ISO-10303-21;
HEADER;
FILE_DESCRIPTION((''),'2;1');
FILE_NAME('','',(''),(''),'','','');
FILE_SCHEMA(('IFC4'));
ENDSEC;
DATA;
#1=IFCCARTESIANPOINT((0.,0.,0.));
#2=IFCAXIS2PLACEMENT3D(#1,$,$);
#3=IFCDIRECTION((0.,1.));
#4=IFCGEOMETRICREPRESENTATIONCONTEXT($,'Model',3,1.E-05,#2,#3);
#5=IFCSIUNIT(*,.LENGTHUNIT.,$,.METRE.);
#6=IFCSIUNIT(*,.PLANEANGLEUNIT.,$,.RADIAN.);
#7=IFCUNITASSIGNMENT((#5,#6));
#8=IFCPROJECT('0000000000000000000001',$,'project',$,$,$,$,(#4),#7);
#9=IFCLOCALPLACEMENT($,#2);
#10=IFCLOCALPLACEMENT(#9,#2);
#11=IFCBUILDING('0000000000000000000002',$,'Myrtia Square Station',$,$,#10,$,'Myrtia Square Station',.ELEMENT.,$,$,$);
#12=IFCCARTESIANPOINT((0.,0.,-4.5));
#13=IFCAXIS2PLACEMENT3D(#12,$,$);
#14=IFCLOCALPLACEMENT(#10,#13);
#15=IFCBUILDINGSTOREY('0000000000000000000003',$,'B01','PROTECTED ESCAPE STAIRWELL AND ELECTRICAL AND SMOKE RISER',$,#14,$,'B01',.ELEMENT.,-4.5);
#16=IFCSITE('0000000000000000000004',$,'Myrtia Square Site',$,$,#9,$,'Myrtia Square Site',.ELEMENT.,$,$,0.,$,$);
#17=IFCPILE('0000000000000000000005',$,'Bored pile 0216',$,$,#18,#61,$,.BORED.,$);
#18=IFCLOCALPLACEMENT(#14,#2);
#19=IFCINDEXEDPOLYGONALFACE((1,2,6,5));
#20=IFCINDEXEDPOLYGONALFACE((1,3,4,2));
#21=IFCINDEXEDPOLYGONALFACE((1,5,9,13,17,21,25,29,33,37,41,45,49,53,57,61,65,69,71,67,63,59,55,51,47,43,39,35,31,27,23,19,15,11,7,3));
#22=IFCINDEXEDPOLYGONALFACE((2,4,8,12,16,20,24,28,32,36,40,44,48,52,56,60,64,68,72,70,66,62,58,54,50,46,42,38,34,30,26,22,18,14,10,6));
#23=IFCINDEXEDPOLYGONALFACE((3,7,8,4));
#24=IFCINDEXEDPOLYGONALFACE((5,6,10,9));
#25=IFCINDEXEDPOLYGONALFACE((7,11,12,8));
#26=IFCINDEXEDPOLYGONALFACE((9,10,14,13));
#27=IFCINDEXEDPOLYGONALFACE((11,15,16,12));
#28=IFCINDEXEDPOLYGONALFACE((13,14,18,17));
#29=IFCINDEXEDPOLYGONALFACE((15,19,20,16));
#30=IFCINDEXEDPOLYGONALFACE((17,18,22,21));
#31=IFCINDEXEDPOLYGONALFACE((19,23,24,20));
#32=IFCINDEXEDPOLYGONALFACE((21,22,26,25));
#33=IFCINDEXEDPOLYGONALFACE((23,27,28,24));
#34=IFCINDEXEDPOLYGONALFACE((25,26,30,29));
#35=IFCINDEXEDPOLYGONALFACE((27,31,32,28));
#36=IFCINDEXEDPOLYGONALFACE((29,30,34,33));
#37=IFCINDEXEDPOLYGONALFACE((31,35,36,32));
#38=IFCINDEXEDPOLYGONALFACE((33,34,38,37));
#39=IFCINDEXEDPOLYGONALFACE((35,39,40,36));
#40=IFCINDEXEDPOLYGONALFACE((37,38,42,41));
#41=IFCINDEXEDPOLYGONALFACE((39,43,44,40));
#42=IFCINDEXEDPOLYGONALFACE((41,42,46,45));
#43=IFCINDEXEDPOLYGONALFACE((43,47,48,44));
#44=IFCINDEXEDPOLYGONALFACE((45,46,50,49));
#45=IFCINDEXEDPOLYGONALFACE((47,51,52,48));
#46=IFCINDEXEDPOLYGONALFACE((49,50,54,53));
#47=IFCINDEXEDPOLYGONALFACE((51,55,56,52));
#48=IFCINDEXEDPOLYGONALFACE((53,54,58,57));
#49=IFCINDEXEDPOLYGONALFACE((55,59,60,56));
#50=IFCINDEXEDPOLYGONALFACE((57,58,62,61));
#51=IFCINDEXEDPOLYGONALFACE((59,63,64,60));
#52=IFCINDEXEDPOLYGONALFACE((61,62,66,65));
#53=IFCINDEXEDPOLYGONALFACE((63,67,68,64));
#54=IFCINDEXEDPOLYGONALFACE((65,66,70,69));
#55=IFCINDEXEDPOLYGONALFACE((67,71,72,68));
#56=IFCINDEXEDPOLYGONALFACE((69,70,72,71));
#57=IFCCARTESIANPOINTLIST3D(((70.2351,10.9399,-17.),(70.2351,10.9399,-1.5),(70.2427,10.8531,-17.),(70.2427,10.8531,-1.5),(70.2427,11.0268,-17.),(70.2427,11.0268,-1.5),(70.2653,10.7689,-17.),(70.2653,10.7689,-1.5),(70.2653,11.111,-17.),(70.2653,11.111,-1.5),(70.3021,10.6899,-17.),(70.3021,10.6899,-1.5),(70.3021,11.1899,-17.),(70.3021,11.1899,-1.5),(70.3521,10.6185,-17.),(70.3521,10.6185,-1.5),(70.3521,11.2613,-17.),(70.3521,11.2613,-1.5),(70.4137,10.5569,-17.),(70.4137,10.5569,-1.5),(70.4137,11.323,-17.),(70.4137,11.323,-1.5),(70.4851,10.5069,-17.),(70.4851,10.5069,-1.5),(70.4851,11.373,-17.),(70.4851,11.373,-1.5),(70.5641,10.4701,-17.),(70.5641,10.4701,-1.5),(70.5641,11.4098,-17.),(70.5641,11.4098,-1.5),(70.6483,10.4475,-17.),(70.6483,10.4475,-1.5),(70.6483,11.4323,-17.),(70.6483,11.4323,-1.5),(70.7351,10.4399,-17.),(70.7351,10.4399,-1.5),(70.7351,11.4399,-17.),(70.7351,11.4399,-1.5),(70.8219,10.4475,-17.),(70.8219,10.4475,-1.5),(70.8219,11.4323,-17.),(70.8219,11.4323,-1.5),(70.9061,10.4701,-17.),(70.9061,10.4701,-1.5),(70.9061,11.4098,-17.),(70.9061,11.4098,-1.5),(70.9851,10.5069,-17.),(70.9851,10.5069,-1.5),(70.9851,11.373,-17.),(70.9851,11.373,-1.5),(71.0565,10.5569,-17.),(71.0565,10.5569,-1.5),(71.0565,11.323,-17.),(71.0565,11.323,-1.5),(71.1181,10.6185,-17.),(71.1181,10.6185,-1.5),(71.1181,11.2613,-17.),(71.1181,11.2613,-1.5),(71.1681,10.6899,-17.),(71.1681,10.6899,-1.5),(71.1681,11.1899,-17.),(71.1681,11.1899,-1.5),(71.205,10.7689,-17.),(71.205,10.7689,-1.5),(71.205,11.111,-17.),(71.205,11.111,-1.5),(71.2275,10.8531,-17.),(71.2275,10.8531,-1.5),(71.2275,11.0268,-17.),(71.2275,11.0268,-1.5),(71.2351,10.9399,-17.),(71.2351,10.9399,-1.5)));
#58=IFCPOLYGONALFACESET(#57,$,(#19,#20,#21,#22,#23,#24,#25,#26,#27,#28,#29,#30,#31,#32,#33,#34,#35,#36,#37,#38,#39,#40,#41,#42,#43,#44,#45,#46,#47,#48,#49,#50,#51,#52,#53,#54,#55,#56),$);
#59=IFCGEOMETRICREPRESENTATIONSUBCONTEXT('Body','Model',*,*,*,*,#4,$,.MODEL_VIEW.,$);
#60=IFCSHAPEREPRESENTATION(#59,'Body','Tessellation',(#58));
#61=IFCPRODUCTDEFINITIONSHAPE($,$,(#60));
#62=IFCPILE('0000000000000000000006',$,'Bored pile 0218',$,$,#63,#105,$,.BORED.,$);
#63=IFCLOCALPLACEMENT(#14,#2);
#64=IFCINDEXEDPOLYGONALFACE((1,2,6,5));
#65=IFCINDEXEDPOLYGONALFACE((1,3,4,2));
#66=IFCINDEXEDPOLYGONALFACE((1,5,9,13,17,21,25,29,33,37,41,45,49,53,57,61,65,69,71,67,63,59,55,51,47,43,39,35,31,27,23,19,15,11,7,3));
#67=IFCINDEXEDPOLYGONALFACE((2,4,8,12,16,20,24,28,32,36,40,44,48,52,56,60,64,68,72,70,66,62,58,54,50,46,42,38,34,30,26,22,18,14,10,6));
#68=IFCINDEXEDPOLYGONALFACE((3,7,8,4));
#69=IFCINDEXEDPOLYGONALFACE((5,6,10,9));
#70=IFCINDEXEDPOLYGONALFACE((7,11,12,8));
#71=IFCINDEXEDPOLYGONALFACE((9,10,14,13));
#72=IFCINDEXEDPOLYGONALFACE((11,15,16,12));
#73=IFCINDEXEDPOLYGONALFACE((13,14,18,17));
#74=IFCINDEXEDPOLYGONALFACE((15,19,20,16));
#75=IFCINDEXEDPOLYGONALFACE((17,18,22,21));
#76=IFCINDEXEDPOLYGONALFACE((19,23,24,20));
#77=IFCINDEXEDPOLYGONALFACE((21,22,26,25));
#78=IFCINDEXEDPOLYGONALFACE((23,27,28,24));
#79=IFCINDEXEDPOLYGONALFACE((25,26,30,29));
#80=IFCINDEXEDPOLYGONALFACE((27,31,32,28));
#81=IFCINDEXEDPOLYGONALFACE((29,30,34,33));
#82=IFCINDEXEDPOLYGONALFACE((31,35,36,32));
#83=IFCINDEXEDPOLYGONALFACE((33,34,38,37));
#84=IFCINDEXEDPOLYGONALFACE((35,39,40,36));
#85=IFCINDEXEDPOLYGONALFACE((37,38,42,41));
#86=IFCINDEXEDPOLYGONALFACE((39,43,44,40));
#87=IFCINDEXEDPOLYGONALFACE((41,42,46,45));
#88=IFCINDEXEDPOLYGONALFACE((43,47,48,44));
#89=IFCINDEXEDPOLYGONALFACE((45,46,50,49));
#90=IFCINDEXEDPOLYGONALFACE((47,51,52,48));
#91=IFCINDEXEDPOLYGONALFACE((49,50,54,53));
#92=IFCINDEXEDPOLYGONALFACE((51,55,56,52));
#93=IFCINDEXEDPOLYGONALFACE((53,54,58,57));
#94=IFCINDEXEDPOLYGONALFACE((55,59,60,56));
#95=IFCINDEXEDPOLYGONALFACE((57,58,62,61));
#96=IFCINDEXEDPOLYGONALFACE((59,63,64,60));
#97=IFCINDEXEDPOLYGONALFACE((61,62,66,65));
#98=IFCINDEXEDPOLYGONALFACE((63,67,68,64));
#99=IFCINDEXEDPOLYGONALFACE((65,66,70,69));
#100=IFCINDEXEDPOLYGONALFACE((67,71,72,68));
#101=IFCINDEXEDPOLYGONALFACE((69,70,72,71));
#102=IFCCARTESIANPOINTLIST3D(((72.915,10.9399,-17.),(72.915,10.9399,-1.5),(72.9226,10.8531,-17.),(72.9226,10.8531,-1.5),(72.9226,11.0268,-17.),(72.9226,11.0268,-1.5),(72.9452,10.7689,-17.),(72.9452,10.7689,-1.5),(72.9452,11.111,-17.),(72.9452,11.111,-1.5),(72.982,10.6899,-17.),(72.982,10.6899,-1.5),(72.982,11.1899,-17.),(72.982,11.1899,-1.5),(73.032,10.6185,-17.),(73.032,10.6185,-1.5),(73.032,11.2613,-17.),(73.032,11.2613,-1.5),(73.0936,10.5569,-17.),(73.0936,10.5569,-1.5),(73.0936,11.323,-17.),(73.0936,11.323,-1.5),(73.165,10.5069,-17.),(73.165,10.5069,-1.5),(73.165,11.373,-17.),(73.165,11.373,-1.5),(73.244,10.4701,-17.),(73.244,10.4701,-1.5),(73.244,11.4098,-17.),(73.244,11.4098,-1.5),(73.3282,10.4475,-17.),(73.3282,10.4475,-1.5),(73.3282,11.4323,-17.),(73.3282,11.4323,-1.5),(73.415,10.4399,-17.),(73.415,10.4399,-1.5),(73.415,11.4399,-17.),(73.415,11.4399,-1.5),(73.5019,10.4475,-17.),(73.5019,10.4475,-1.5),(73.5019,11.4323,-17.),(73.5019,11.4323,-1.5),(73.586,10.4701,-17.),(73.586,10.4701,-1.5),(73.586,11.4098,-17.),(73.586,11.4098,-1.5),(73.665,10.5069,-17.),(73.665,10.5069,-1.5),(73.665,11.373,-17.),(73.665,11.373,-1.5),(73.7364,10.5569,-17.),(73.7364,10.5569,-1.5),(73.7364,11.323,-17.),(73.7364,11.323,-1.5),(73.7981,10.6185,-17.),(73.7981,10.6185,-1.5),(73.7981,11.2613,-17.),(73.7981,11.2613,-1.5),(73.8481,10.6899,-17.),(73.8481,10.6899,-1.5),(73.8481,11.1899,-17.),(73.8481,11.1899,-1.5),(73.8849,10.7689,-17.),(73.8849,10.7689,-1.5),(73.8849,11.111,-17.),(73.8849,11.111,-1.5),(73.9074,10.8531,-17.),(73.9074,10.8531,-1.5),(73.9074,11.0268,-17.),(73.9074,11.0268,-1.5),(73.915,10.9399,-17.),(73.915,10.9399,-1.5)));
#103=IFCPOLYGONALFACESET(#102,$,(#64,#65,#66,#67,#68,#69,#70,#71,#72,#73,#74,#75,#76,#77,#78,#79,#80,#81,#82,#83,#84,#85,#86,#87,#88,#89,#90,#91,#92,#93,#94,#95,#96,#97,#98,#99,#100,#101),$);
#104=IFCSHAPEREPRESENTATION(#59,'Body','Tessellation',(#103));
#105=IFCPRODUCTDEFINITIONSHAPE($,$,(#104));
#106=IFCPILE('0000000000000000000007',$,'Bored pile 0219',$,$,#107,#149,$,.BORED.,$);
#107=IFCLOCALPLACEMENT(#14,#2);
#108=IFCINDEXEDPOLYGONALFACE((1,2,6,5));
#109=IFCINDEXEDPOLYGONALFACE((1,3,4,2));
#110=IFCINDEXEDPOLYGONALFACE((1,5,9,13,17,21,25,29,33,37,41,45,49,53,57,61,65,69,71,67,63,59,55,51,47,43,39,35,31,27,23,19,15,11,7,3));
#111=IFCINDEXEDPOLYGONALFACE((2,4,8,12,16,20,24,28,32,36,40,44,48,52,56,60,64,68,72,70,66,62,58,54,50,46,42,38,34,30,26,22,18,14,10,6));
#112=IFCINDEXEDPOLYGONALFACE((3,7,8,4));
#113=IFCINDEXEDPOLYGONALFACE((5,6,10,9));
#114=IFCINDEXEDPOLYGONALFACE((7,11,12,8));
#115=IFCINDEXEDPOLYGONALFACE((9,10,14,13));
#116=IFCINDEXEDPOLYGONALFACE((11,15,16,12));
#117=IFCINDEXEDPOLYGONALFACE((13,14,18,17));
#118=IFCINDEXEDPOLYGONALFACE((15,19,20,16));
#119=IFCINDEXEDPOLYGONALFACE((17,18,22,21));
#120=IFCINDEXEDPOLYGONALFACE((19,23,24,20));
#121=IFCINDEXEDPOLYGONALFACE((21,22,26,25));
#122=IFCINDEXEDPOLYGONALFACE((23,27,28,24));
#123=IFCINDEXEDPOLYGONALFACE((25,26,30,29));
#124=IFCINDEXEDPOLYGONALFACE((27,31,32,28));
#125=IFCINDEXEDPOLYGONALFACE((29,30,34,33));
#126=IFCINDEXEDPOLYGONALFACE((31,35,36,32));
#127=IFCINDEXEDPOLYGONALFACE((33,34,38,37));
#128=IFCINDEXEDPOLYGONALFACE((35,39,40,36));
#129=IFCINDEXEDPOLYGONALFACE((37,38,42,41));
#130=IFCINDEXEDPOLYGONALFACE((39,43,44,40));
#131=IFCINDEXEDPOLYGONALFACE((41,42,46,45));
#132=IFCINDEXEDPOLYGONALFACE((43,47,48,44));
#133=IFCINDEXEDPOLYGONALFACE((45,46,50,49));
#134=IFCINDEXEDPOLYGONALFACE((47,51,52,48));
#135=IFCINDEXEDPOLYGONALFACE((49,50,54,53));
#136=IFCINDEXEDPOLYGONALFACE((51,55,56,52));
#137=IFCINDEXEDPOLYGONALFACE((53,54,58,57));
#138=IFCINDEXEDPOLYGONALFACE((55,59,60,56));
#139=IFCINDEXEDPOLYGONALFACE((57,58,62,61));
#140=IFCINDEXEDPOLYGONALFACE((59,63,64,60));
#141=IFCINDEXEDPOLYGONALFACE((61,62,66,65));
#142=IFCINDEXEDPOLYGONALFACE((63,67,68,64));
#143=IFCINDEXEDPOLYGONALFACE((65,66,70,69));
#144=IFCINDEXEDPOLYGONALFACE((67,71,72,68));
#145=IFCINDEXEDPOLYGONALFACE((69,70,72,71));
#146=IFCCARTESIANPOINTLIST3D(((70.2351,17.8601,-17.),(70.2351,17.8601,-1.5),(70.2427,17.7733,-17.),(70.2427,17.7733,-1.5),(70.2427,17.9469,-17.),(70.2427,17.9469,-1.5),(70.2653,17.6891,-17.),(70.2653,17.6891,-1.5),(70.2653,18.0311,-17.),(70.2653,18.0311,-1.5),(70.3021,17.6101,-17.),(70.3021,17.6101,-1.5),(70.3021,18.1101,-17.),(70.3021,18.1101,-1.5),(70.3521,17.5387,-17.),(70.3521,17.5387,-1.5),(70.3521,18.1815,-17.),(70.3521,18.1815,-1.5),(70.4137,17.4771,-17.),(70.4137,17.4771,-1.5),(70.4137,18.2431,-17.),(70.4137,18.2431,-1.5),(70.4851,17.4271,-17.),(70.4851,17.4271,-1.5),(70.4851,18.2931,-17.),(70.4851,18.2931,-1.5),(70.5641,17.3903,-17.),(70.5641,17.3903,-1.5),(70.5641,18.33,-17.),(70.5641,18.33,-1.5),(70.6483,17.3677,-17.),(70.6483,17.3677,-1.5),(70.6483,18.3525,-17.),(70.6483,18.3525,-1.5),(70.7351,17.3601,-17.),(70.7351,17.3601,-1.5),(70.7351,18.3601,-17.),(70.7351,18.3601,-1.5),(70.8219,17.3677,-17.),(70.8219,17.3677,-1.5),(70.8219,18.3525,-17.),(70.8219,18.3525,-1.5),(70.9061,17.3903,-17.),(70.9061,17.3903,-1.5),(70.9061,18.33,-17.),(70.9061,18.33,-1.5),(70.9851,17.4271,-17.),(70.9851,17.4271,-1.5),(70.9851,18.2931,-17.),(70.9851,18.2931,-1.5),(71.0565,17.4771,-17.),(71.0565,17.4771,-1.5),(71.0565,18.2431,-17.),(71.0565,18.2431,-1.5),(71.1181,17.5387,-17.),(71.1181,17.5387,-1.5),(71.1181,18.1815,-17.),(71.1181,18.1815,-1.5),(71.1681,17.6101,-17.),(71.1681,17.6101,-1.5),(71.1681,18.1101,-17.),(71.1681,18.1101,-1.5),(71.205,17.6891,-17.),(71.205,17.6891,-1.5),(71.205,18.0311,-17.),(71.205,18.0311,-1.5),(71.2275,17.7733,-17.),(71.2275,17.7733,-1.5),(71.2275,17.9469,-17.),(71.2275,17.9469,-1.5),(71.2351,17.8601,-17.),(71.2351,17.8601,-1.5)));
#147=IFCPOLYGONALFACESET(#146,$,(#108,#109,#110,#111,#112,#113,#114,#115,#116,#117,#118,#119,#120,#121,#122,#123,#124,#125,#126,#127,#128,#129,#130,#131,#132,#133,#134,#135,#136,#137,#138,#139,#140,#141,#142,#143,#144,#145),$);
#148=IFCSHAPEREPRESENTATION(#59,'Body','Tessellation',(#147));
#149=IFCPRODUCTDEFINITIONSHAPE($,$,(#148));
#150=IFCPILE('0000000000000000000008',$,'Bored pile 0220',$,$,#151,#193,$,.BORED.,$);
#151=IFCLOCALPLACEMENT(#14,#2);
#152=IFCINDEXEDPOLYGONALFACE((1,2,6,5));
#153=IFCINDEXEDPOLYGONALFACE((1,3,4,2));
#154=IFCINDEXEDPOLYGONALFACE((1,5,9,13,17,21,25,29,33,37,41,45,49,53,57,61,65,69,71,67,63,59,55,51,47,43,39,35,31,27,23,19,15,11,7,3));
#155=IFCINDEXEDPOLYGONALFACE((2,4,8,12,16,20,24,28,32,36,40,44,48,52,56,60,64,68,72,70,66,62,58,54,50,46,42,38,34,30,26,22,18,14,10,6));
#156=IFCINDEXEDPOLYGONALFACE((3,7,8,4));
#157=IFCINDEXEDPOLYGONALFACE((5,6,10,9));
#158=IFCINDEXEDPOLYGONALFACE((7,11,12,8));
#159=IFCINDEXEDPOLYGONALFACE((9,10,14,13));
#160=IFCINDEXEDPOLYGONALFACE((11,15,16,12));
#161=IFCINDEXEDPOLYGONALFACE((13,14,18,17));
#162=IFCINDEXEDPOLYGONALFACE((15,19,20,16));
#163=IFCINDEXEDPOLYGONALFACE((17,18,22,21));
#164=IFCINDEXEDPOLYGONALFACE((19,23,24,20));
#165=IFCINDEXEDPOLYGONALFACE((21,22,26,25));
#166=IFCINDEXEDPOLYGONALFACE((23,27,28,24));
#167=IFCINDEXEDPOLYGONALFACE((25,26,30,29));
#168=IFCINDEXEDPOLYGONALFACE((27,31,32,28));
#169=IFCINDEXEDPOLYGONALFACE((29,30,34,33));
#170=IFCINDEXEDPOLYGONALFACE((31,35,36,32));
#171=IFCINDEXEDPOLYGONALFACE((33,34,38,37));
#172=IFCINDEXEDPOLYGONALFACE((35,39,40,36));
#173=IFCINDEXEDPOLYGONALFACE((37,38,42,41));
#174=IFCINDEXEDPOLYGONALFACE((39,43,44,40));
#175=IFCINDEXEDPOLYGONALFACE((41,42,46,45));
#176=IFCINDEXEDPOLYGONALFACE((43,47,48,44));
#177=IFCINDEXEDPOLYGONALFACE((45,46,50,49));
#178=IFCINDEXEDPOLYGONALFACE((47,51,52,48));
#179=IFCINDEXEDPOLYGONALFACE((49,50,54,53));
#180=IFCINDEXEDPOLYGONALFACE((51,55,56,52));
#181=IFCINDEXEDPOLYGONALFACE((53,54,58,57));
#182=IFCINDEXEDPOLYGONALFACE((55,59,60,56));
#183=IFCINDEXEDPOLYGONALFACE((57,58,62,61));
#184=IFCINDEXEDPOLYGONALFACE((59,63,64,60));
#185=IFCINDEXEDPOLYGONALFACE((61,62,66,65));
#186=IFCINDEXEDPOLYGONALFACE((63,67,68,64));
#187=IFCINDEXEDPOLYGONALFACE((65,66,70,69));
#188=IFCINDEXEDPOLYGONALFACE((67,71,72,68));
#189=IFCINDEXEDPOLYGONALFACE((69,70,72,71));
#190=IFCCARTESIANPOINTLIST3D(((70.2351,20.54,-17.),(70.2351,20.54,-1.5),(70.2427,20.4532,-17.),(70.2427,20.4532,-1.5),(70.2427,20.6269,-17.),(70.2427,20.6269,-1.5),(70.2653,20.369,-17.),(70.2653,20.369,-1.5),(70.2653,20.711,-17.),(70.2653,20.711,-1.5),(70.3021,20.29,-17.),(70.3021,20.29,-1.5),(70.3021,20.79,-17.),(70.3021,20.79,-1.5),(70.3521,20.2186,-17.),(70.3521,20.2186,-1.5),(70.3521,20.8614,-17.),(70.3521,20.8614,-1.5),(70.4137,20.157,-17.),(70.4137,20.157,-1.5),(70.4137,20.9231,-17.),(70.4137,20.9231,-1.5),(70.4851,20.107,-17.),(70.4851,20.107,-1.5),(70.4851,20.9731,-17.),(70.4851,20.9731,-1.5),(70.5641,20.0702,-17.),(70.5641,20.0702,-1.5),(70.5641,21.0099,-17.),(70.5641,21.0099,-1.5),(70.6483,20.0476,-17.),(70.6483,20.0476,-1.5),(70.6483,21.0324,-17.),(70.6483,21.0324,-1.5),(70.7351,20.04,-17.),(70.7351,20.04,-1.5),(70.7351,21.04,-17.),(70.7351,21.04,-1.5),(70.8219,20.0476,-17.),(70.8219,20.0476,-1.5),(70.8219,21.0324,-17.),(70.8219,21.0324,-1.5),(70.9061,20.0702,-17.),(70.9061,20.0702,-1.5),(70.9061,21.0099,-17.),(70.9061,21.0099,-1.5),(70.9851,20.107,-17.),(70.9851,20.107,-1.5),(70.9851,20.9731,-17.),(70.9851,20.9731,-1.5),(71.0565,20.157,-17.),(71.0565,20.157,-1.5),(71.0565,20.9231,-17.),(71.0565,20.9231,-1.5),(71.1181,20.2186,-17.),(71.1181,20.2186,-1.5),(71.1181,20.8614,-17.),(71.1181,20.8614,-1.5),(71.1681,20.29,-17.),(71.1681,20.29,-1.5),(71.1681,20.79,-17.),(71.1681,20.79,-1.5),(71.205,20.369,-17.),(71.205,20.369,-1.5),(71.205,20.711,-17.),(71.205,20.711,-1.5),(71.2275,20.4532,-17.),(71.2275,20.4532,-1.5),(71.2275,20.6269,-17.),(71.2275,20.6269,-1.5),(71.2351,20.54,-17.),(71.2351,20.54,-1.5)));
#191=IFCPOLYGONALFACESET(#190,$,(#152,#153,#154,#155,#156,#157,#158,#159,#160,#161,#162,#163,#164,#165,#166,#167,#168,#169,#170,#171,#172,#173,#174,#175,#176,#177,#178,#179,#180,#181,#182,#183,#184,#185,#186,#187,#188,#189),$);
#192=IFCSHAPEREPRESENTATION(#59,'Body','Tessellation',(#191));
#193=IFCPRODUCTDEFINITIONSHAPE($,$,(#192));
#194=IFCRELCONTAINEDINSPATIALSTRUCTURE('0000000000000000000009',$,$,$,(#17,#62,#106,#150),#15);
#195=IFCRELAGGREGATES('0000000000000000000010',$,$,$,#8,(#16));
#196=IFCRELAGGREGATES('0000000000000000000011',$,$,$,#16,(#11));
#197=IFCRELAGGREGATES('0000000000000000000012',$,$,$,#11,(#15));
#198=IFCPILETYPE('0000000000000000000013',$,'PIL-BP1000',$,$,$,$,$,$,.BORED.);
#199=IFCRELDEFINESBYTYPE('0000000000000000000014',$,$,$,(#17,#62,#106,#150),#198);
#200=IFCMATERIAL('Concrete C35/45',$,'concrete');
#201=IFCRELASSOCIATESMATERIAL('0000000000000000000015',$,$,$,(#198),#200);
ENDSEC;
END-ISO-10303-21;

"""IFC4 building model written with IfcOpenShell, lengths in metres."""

from ifc_helpers import new_model, si_unit, direction, frame, origin, origin_2d, place, context, subcontext, project, spatial, circle, extrude, material, material_profile, profile_set, type_object, element, save


model = new_model("IFC4")

# Units and contexts
model_context = context("Model", 3, precision=1e-05, world=origin(), true_north=direction((0.0, 1.0)))
body_context = subcontext(model_context, "Body", "Model", "MODEL_VIEW")
ifc_project = project(units=[si_unit("LENGTHUNIT", "METRE"), si_unit("PLANEANGLEUNIT", "RADIAN")], contexts=[model_context])

# Site, building, storey
site_placement = place(None, origin())
site = spatial("IfcSite", under=ifc_project, at=site_placement, Name="Myrtia Square Site", LongName="Myrtia Square Site", CompositionType="ELEMENT", RefElevation=0.0)
building_placement = place(site_placement, origin())
building = spatial("IfcBuilding", under=site, at=building_placement, Name="Myrtia Square Station", LongName="Myrtia Square Station", CompositionType="ELEMENT")
storey_placement = place(building_placement, frame((0.0, 0.0, -4.5)))
storey = spatial("IfcBuildingStorey", under=building, at=storey_placement, Name="B01", Description="PROTECTED ESCAPE STAIRWELL AND ELECTRICAL AND SMOKE RISER", LongName="B01", CompositionType="ELEMENT", Elevation=-4.5)

# Shared definitions
ifc_material_1 = material(Name="Concrete C35/45", Category="concrete")

# Piles
ifc_material_profile_1 = material_profile(ifc_material_1, circle(Radius=0.5, at=origin_2d()), Name="BP D1000")
ifc_profile_set_1 = profile_set([ifc_material_profile_1], Name="Concrete C35/45")
pile_type_1 = type_object("IfcPileType", Name="PIL-BP1000", PredefinedType="BORED", material=ifc_profile_set_1)
for number, where, z_axis, x_axis, name in (
    (1, (70.7351, 10.9399, -1.5), (0.0, 0.0, -1.0), (1.0, 0.0, 0.0), "Bored pile 0216"),
    (2, (73.415, 10.9399, -1.5), (0.0, 0.0, -1.0), (1.0, 0.0, 0.0), "Bored pile 0218"),
    (3, (70.7351, 17.8601, -1.5), (0.0, 0.0, -1.0), (1.0, 0.0, 0.0), "Bored pile 0219"),
    (4, (70.7351, 20.54, -1.5), (0.0, 0.0, -1.0), (1.0, 0.0, 0.0), "Bored pile 0220"),
):
    element("IfcPile", number, at=place(storey_placement, frame(where, z_axis=z_axis, x_axis=x_axis)), inside=storey, type_object=pile_type_1, Name=name, PredefinedType="BORED", context=body_context, shape_type="SweptSolid", body=[
        extrude(circle(Radius=0.5, at=origin_2d()), origin(), (0.0, 0.0, 1.0), 15.5),
    ])

save(model, "model.ifc")
